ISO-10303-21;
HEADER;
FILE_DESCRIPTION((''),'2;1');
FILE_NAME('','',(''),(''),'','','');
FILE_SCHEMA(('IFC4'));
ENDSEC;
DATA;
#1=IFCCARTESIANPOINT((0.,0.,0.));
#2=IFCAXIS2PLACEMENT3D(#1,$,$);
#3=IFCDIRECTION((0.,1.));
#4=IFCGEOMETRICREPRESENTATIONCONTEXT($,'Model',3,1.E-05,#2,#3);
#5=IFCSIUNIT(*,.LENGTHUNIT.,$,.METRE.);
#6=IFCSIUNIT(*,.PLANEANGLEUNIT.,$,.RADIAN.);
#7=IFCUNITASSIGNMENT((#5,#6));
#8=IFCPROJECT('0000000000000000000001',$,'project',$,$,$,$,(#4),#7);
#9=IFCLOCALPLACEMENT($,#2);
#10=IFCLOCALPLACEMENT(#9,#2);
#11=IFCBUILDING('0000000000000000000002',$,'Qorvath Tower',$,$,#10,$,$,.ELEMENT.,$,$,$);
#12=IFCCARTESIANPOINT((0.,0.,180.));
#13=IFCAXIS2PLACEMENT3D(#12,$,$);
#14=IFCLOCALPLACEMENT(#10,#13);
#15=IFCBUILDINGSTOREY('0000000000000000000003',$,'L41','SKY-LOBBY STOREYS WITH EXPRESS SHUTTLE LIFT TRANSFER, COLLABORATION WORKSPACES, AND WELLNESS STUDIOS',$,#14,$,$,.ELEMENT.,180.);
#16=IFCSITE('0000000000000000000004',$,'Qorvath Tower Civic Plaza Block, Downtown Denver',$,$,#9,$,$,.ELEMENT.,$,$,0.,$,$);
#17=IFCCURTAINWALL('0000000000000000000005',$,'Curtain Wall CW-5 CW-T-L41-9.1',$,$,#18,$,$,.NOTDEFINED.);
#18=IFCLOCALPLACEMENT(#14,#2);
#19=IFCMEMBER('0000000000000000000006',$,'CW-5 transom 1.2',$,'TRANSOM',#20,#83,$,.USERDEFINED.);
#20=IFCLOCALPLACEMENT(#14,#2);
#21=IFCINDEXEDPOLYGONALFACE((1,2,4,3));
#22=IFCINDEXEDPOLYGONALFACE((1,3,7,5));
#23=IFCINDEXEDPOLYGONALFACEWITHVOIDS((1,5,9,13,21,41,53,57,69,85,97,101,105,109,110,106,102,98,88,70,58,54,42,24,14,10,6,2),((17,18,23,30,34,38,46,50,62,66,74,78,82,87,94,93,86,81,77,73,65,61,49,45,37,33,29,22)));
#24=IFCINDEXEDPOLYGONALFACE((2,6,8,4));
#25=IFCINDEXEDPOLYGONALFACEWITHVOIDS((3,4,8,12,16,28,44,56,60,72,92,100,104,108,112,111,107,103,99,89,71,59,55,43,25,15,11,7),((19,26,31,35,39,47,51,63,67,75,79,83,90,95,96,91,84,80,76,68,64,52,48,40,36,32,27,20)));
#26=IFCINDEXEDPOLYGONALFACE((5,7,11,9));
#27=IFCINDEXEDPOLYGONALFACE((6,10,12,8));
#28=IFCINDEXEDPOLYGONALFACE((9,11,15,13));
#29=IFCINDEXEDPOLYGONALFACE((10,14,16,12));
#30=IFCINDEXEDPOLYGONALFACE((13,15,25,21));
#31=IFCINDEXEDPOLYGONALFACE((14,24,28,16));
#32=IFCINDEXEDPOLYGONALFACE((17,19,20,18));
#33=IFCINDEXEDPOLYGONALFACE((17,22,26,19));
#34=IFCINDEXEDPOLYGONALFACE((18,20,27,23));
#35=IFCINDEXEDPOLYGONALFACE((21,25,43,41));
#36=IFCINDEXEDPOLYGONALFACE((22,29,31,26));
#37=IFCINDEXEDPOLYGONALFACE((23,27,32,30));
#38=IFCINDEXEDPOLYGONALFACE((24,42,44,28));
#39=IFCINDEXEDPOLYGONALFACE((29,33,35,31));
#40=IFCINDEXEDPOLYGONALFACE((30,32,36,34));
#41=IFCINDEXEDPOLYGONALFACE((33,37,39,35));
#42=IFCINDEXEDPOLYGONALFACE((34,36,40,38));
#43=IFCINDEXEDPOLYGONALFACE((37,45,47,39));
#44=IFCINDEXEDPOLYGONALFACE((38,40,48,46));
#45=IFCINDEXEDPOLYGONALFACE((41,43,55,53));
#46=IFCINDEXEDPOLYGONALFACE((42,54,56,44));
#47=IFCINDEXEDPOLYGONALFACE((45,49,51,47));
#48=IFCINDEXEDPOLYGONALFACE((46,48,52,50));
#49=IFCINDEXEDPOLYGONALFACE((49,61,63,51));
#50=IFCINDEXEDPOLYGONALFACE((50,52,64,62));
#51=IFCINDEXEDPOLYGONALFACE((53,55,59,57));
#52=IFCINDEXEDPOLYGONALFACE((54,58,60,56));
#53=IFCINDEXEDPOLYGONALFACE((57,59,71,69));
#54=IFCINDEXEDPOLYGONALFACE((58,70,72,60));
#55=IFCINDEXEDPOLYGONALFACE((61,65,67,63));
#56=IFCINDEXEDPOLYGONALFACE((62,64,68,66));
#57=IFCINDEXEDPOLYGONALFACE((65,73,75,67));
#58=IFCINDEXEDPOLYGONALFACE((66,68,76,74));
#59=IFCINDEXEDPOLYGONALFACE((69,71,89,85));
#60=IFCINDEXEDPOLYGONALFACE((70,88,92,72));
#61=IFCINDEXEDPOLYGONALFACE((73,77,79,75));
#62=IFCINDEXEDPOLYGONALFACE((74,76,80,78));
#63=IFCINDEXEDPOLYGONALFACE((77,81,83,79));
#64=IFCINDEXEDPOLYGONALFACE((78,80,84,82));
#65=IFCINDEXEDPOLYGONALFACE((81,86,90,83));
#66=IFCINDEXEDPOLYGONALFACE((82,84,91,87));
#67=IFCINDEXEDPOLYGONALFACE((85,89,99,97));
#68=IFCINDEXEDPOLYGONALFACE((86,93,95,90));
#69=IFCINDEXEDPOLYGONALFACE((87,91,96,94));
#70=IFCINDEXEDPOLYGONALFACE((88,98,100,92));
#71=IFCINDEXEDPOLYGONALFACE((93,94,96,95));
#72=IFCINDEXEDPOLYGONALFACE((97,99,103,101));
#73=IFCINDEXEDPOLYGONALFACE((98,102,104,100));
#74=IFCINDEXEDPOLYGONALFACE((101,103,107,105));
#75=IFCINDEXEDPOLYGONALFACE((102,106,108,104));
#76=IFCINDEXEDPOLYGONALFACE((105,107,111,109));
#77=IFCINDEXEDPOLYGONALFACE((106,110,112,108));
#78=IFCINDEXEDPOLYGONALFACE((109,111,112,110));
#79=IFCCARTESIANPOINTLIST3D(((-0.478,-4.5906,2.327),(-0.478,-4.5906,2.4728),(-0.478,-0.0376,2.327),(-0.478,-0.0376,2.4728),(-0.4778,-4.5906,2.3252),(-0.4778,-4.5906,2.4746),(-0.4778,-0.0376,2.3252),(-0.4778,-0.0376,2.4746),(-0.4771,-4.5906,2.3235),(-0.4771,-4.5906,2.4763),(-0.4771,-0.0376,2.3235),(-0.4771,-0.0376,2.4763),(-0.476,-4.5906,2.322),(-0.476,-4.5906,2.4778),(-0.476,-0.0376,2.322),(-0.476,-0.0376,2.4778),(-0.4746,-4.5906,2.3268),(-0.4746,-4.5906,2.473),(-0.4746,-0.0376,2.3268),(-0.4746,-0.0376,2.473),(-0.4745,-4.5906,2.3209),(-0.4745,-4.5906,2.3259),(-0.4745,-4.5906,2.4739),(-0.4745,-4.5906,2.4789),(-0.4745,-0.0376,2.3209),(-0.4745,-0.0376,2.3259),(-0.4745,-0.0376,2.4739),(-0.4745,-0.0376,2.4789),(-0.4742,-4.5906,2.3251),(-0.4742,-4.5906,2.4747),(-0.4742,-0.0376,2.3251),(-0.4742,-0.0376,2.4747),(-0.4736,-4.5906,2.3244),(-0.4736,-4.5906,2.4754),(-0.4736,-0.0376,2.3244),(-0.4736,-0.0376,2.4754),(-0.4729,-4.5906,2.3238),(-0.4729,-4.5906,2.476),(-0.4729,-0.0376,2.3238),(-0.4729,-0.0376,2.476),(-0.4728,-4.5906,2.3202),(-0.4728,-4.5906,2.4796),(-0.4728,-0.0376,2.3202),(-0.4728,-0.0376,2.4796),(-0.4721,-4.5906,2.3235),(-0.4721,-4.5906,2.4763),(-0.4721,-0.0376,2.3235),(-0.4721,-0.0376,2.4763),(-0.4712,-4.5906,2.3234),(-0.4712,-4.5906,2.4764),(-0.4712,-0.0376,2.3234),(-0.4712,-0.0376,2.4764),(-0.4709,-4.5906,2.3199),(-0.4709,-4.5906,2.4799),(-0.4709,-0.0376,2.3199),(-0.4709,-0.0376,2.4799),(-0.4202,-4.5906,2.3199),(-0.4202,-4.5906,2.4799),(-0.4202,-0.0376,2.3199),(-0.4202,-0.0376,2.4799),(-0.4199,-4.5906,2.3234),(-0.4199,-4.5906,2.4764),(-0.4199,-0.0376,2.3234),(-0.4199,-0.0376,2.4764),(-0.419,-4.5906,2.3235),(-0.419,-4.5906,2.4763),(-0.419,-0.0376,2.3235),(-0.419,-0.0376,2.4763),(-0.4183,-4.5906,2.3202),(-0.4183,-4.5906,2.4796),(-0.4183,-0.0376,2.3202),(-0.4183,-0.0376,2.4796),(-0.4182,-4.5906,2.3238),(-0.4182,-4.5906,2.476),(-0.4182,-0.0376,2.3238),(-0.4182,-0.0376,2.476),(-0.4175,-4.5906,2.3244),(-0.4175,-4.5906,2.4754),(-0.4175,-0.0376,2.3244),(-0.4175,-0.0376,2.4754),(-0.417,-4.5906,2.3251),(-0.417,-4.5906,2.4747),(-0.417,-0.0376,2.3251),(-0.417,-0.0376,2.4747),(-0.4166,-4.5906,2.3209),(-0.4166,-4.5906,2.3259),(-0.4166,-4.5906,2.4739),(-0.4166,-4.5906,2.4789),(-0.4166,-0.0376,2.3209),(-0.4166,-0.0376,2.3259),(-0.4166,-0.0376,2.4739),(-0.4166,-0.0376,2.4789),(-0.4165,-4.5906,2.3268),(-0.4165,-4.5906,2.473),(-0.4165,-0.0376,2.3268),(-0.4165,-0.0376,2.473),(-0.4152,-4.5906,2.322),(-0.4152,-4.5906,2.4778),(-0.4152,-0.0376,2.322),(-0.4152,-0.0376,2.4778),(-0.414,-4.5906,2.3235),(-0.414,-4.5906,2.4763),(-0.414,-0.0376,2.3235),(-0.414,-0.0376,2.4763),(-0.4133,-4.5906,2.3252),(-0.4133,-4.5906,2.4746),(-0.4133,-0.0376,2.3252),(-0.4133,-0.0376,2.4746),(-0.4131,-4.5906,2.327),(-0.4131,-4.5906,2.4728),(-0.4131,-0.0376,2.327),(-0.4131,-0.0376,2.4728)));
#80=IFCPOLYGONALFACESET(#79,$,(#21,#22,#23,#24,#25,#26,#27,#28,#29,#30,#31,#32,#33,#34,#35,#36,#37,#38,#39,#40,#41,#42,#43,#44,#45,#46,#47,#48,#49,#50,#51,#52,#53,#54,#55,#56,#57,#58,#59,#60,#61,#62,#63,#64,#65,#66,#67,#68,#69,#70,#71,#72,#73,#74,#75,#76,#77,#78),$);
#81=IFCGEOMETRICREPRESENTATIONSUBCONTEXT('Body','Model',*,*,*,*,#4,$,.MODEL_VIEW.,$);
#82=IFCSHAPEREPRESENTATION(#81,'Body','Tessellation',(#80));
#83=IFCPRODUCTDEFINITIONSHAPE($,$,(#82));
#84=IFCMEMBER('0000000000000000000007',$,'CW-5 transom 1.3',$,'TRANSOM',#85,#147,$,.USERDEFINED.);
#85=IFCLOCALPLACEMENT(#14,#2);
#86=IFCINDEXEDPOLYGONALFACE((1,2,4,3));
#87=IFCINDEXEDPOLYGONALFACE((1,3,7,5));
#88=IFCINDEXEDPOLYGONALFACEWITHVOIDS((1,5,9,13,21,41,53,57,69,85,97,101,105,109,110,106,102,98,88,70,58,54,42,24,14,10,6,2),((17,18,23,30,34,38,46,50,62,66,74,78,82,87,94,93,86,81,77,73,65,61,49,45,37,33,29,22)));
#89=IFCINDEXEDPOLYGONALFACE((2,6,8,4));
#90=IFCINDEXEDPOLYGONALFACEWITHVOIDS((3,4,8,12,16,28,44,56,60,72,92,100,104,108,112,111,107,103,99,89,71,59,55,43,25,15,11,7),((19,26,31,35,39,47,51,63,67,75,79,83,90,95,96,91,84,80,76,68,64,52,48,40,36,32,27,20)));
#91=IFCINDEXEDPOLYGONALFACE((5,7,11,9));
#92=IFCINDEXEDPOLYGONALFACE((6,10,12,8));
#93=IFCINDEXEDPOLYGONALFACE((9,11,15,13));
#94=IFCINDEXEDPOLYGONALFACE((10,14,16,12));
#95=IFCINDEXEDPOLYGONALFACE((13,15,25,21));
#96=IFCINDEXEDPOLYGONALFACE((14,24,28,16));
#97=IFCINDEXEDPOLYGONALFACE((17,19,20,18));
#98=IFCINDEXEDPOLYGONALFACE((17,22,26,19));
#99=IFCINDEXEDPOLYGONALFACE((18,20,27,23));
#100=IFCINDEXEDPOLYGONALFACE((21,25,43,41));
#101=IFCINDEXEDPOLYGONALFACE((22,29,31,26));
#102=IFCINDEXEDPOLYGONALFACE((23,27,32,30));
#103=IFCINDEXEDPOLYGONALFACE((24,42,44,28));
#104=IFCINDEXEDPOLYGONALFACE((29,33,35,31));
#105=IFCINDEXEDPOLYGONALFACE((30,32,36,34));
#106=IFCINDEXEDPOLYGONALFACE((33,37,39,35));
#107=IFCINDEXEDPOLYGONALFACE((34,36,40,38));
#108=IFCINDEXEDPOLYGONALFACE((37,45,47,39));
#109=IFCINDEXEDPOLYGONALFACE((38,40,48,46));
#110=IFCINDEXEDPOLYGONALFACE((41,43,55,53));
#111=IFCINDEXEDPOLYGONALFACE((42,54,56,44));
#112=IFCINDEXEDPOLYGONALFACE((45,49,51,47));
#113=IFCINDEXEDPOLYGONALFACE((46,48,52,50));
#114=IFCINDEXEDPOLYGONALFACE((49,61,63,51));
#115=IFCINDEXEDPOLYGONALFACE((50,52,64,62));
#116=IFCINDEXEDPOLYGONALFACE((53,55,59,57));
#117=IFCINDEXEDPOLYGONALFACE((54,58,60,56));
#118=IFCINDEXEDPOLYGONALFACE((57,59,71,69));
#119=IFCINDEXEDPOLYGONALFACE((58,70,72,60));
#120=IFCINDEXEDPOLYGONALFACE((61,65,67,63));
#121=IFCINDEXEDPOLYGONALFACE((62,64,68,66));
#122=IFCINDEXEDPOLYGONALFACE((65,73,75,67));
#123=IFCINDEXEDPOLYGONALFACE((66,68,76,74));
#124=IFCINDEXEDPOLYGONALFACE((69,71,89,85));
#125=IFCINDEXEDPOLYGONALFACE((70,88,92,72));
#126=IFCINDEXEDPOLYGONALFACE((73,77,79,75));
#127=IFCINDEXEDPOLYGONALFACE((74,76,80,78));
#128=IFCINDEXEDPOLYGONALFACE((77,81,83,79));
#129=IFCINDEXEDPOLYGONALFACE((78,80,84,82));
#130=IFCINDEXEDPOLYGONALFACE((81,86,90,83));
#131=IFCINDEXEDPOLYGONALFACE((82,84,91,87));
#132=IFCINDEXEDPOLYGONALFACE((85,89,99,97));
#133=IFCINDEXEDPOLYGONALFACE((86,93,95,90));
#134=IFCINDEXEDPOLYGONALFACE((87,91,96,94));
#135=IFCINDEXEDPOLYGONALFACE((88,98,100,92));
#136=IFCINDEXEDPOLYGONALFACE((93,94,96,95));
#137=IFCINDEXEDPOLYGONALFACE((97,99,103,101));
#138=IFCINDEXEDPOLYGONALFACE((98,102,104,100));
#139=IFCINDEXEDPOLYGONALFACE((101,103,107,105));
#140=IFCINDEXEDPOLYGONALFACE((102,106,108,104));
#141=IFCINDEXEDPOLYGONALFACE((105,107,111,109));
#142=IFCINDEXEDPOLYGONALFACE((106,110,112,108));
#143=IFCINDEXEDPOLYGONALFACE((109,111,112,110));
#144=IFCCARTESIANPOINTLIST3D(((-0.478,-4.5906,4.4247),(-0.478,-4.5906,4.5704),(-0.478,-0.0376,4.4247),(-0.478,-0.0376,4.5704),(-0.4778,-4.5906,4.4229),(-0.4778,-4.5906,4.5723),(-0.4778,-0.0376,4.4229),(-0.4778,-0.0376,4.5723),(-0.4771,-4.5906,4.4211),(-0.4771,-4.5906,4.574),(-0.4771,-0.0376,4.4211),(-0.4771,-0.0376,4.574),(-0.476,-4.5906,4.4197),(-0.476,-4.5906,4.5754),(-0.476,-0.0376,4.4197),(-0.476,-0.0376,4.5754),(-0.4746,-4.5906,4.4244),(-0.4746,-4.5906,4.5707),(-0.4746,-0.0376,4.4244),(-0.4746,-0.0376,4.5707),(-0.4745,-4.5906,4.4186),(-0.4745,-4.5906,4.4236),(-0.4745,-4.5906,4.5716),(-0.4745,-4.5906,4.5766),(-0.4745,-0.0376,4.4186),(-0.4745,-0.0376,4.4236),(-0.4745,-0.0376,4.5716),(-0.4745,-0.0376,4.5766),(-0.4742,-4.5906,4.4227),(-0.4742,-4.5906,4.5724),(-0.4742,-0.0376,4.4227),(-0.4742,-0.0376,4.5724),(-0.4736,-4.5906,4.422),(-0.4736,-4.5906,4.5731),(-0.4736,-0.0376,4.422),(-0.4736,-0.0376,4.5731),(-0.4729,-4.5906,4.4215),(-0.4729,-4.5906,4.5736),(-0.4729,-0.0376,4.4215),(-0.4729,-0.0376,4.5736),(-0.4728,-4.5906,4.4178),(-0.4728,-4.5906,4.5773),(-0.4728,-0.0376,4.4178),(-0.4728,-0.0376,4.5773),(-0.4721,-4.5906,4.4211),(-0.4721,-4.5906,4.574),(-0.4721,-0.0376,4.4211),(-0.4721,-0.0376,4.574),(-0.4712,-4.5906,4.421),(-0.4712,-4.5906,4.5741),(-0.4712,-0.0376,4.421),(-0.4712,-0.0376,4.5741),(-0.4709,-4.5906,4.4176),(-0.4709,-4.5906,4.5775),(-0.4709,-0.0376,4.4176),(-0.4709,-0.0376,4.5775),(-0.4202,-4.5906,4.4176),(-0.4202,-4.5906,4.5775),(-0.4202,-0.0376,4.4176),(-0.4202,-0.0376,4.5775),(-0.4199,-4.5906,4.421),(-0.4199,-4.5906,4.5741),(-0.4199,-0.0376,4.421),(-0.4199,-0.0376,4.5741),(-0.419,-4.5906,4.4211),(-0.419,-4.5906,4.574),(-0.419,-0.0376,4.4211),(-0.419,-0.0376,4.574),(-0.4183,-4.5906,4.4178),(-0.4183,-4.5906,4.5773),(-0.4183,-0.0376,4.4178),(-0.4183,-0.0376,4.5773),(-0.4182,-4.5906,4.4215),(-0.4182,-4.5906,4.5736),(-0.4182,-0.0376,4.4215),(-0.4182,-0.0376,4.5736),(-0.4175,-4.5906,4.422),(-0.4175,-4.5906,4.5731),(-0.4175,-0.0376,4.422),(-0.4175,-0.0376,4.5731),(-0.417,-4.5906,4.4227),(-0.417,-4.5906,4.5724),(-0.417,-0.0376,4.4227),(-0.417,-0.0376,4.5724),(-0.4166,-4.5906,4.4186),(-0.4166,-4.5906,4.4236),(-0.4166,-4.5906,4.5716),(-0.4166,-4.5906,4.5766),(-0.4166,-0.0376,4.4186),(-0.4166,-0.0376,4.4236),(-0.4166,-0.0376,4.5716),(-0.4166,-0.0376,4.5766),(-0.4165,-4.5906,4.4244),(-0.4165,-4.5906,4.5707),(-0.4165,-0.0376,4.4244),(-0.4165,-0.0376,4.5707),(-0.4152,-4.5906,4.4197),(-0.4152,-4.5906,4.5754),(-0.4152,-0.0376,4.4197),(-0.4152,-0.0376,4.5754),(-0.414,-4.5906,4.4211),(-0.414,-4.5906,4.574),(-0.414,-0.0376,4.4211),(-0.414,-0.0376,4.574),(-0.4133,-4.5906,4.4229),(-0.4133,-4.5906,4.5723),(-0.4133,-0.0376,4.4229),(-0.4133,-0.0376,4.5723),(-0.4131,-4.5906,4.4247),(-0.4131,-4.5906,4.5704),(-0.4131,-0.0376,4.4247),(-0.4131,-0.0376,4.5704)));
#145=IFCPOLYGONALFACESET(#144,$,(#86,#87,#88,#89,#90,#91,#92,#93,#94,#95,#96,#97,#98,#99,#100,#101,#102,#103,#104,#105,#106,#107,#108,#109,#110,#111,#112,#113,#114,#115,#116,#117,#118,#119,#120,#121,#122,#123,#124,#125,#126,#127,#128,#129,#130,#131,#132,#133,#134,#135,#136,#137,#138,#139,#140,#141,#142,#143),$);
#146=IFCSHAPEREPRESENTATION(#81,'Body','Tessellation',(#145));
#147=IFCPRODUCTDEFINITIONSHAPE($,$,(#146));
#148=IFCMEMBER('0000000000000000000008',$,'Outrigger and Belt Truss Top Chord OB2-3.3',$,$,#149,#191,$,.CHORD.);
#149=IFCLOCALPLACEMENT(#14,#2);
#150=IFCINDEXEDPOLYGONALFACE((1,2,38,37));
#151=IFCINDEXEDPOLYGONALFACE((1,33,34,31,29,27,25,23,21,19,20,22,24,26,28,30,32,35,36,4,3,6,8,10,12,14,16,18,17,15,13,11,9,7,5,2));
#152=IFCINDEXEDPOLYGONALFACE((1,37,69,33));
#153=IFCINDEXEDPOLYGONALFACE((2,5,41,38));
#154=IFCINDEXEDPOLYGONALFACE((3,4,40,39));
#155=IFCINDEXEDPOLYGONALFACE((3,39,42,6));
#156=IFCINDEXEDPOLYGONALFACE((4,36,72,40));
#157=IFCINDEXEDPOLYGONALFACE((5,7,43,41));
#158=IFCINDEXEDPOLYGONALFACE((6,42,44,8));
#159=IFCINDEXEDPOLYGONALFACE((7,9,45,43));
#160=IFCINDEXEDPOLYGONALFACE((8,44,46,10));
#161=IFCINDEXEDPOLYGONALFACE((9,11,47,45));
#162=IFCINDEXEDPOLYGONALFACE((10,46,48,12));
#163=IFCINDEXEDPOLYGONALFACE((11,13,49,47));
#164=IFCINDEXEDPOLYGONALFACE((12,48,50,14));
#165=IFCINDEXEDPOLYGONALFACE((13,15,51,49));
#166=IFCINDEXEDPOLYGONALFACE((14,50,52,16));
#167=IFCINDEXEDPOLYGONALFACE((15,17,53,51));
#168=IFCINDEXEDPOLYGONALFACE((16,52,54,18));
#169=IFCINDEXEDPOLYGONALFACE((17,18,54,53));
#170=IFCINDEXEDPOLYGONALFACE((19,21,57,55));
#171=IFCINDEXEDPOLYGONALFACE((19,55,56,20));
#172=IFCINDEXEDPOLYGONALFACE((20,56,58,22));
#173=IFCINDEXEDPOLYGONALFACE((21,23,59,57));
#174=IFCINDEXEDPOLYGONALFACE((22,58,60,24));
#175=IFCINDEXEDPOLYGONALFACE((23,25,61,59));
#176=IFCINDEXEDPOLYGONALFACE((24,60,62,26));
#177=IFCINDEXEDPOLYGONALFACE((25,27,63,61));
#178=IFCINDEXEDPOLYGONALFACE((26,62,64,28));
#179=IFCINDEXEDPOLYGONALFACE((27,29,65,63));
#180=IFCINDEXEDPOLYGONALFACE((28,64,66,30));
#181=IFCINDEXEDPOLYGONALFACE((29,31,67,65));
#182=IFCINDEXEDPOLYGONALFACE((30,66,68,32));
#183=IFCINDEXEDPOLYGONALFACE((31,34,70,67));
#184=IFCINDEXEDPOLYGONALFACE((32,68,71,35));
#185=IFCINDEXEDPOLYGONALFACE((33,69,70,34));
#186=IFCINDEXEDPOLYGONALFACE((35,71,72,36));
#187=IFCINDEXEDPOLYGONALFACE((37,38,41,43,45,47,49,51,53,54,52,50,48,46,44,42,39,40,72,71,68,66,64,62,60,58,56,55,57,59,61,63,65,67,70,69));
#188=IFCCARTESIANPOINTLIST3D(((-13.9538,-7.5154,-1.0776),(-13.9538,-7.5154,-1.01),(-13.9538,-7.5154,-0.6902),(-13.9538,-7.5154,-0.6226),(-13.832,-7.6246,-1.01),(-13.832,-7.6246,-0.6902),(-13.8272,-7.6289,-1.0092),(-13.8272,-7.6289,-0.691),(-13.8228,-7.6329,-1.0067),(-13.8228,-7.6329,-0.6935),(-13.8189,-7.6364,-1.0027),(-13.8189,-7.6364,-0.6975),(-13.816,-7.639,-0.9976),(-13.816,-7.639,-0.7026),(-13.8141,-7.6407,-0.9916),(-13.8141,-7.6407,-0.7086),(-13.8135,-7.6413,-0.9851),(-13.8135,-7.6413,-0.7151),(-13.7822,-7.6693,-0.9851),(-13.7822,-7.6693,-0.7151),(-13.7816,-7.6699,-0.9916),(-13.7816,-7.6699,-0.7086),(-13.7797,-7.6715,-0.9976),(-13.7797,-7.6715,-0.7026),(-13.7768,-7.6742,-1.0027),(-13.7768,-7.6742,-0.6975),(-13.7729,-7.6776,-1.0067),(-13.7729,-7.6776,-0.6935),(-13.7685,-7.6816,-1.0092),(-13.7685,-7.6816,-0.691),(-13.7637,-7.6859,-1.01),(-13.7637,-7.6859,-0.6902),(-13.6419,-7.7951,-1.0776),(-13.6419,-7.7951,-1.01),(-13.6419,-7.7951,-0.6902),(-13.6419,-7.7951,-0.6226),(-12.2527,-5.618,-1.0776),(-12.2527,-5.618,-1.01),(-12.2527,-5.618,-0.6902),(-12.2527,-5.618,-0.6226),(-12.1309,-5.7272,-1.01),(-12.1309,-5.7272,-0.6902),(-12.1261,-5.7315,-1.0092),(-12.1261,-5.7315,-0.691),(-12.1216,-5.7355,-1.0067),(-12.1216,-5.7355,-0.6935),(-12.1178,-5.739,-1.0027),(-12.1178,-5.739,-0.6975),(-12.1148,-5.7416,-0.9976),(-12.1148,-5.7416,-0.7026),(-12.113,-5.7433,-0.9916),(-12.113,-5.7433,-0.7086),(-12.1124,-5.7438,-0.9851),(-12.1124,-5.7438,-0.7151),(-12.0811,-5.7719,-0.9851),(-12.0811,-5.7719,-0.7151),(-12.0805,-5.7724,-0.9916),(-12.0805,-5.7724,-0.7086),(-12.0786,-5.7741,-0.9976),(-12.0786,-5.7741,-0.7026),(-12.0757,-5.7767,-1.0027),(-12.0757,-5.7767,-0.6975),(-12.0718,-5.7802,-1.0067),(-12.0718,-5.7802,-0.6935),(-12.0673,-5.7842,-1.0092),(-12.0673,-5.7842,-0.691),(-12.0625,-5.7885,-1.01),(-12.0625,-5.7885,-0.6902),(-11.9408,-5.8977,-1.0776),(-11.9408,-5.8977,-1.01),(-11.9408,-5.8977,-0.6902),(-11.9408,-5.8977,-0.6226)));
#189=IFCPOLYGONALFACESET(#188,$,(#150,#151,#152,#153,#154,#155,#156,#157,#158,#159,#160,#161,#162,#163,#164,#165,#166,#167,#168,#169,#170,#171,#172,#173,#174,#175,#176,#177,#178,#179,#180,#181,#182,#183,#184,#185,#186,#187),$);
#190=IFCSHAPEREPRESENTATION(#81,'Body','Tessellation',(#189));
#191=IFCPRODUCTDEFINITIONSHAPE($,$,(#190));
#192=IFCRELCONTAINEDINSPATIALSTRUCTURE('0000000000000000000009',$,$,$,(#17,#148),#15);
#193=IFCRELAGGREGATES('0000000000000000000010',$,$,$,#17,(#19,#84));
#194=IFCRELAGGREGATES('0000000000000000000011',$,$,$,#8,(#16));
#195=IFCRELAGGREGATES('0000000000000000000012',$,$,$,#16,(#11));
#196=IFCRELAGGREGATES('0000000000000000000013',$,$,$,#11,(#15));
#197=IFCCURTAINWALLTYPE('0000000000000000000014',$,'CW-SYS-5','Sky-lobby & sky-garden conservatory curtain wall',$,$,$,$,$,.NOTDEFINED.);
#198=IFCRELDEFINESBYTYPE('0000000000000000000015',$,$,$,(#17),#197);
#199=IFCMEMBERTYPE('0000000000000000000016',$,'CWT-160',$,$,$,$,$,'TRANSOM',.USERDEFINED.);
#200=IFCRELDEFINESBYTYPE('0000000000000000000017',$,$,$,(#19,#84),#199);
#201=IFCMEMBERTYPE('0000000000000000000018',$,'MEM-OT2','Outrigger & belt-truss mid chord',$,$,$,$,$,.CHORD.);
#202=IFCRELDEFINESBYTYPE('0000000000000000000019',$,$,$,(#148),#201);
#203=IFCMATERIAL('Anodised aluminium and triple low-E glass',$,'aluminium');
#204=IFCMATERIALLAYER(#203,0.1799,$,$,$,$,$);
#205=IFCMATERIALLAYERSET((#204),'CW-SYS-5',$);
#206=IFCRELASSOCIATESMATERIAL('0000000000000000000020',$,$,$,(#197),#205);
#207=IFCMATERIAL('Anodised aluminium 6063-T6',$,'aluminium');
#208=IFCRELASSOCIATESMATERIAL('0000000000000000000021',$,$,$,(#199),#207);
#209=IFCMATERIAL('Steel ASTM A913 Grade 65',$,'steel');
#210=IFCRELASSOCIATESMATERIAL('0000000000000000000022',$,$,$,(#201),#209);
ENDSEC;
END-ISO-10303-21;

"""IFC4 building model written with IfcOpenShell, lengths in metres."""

from ifc_helpers import new_model, si_unit, direction, frame, origin, origin_2d, place, context, subcontext, project, spatial, hollow_rectangle, i_section, extrude, material, layer, layer_set, material_profile, profile_set, type_object, element, aggregate, save


model = new_model("IFC4")

# Units and contexts
model_context = context("Model", 3, precision=1e-05, world=origin(), true_north=direction((0.0, 1.0)))
body_context = subcontext(model_context, "Body", "Model", "MODEL_VIEW")
ifc_project = project(units=[si_unit("LENGTHUNIT", "METRE"), si_unit("PLANEANGLEUNIT", "RADIAN")], contexts=[model_context])

# Site, building, storey
site_placement = place(None, origin())
site = spatial("IfcSite", under=ifc_project, at=site_placement, Name="Qorvath Tower Civic Plaza Block, Downtown Denver", CompositionType="ELEMENT", RefElevation=0.0)
building_placement = place(site_placement, origin())
building = spatial("IfcBuilding", under=site, at=building_placement, Name="Qorvath Tower", CompositionType="ELEMENT")
storey_placement = place(building_placement, frame((0.0, 0.0, 180.0)))
storey = spatial("IfcBuildingStorey", under=building, at=storey_placement, Name="L41", Description="SKY-LOBBY STOREYS WITH EXPRESS SHUTTLE LIFT TRANSFER, COLLABORATION WORKSPACES, AND WELLNESS STUDIOS", CompositionType="ELEMENT", Elevation=180.0)

# Curtain wall, members
ifc_material_1 = material(Name="Anodised aluminium and triple low-E glass", Category="aluminium")
ifc_layer_1 = layer(ifc_material_1, 0.1799)
ifc_layer_set_1 = layer_set([ifc_layer_1], Name="CW-SYS-5")
curtain_wall_type = type_object("IfcCurtainWallType", Name="CW-SYS-5", Description="Sky-lobby & sky-garden conservatory curtain wall", PredefinedType="NOTDEFINED", material=ifc_layer_set_1)
curtain_wall_placement = place(storey_placement, origin())
curtain_wall = element("IfcCurtainWall", 1, at=curtain_wall_placement, inside=storey, type_object=curtain_wall_type, Name="Curtain Wall CW-5 CW-T-L41-9.1", PredefinedType="NOTDEFINED")
ifc_material_2 = material(Name="Anodised aluminium 6063-T6", Category="aluminium")
ifc_material_profile_1 = material_profile(ifc_material_2, hollow_rectangle(XDim=0.0649, YDim=0.1599, WallThickness=0.0034, InnerFilletRadius=0.0034, OuterFilletRadius=0.0071, at=origin_2d()), Name="CWT 160x65")
ifc_profile_set_1 = profile_set([ifc_material_profile_1], Name="Anodised aluminium 6063-T6")
member_type_1 = type_object("IfcMemberType", Name="CWT-160", ElementType="TRANSOM", PredefinedType="USERDEFINED", material=ifc_profile_set_1)
member_1_placement = place(storey_placement, frame((-0.4456, -4.5906, 2.3999), z_axis=(0.0, 1.0, 0.0), x_axis=(-1.0, 0.0, 0.0)))
member_1 = element("IfcMember", 2, at=member_1_placement, type_object=member_type_1, Name="CW-5 transom 1.2", ObjectType="TRANSOM", PredefinedType="USERDEFINED", context=body_context, shape_type="SweptSolid", body=[
    extrude(hollow_rectangle(XDim=0.0649, YDim=0.1599, WallThickness=0.0034, InnerFilletRadius=0.0034, OuterFilletRadius=0.0071, at=origin_2d()), origin(), (0.0, 0.0, 1.0), 4.553),
])
member_2_placement = place(storey_placement, frame((-0.4456, -4.5906, 4.4976), z_axis=(0.0, 1.0, 0.0), x_axis=(-1.0, 0.0, 0.0)))
member_2 = element("IfcMember", 3, at=member_2_placement, type_object=member_type_1, Name="CW-5 transom 1.3", ObjectType="TRANSOM", PredefinedType="USERDEFINED", context=body_context, shape_type="SweptSolid", body=[
    extrude(hollow_rectangle(XDim=0.0649, YDim=0.1599, WallThickness=0.0034, InnerFilletRadius=0.0034, OuterFilletRadius=0.0071, at=origin_2d()), origin(), (0.0, 0.0, 1.0), 4.553),
])

# Member
ifc_material_3 = material(Name="Steel ASTM A913 Grade 65", Category="steel")
ifc_material_profile_2 = material_profile(ifc_material_3, i_section(OverallWidth=0.4189, OverallDepth=0.4551, WebThickness=0.042, FlangeThickness=0.0676, FilletRadius=0.0249, at=origin_2d()), Name="W14x370")
ifc_profile_set_2 = profile_set([ifc_material_profile_2], Name="Steel ASTM A913 Grade 65")
member_type_2 = type_object("IfcMemberType", Name="MEM-OT2", Description="Outrigger & belt-truss mid chord", PredefinedType="CHORD", material=ifc_profile_set_2)
member_3_placement = place(storey_placement, frame((-13.7979, -7.6553, -0.8501), z_axis=(0.667545, 0.744569, 0.0), x_axis=(-0.744569, 0.667545, 0.0)))
element("IfcMember", 4, at=member_3_placement, inside=storey, type_object=member_type_2, Name="Outrigger and Belt Truss Top Chord OB2-3.3", PredefinedType="CHORD", context=body_context, shape_type="SweptSolid", body=[
    extrude(i_section(OverallWidth=0.4189, OverallDepth=0.4551, WebThickness=0.042, FlangeThickness=0.0676, FilletRadius=0.0249, at=origin_2d()), origin(), (0.0, 0.0, 1.0), 2.5483),
])

aggregate(curtain_wall, [member_1, member_2])

save(model, "model.ifc")
